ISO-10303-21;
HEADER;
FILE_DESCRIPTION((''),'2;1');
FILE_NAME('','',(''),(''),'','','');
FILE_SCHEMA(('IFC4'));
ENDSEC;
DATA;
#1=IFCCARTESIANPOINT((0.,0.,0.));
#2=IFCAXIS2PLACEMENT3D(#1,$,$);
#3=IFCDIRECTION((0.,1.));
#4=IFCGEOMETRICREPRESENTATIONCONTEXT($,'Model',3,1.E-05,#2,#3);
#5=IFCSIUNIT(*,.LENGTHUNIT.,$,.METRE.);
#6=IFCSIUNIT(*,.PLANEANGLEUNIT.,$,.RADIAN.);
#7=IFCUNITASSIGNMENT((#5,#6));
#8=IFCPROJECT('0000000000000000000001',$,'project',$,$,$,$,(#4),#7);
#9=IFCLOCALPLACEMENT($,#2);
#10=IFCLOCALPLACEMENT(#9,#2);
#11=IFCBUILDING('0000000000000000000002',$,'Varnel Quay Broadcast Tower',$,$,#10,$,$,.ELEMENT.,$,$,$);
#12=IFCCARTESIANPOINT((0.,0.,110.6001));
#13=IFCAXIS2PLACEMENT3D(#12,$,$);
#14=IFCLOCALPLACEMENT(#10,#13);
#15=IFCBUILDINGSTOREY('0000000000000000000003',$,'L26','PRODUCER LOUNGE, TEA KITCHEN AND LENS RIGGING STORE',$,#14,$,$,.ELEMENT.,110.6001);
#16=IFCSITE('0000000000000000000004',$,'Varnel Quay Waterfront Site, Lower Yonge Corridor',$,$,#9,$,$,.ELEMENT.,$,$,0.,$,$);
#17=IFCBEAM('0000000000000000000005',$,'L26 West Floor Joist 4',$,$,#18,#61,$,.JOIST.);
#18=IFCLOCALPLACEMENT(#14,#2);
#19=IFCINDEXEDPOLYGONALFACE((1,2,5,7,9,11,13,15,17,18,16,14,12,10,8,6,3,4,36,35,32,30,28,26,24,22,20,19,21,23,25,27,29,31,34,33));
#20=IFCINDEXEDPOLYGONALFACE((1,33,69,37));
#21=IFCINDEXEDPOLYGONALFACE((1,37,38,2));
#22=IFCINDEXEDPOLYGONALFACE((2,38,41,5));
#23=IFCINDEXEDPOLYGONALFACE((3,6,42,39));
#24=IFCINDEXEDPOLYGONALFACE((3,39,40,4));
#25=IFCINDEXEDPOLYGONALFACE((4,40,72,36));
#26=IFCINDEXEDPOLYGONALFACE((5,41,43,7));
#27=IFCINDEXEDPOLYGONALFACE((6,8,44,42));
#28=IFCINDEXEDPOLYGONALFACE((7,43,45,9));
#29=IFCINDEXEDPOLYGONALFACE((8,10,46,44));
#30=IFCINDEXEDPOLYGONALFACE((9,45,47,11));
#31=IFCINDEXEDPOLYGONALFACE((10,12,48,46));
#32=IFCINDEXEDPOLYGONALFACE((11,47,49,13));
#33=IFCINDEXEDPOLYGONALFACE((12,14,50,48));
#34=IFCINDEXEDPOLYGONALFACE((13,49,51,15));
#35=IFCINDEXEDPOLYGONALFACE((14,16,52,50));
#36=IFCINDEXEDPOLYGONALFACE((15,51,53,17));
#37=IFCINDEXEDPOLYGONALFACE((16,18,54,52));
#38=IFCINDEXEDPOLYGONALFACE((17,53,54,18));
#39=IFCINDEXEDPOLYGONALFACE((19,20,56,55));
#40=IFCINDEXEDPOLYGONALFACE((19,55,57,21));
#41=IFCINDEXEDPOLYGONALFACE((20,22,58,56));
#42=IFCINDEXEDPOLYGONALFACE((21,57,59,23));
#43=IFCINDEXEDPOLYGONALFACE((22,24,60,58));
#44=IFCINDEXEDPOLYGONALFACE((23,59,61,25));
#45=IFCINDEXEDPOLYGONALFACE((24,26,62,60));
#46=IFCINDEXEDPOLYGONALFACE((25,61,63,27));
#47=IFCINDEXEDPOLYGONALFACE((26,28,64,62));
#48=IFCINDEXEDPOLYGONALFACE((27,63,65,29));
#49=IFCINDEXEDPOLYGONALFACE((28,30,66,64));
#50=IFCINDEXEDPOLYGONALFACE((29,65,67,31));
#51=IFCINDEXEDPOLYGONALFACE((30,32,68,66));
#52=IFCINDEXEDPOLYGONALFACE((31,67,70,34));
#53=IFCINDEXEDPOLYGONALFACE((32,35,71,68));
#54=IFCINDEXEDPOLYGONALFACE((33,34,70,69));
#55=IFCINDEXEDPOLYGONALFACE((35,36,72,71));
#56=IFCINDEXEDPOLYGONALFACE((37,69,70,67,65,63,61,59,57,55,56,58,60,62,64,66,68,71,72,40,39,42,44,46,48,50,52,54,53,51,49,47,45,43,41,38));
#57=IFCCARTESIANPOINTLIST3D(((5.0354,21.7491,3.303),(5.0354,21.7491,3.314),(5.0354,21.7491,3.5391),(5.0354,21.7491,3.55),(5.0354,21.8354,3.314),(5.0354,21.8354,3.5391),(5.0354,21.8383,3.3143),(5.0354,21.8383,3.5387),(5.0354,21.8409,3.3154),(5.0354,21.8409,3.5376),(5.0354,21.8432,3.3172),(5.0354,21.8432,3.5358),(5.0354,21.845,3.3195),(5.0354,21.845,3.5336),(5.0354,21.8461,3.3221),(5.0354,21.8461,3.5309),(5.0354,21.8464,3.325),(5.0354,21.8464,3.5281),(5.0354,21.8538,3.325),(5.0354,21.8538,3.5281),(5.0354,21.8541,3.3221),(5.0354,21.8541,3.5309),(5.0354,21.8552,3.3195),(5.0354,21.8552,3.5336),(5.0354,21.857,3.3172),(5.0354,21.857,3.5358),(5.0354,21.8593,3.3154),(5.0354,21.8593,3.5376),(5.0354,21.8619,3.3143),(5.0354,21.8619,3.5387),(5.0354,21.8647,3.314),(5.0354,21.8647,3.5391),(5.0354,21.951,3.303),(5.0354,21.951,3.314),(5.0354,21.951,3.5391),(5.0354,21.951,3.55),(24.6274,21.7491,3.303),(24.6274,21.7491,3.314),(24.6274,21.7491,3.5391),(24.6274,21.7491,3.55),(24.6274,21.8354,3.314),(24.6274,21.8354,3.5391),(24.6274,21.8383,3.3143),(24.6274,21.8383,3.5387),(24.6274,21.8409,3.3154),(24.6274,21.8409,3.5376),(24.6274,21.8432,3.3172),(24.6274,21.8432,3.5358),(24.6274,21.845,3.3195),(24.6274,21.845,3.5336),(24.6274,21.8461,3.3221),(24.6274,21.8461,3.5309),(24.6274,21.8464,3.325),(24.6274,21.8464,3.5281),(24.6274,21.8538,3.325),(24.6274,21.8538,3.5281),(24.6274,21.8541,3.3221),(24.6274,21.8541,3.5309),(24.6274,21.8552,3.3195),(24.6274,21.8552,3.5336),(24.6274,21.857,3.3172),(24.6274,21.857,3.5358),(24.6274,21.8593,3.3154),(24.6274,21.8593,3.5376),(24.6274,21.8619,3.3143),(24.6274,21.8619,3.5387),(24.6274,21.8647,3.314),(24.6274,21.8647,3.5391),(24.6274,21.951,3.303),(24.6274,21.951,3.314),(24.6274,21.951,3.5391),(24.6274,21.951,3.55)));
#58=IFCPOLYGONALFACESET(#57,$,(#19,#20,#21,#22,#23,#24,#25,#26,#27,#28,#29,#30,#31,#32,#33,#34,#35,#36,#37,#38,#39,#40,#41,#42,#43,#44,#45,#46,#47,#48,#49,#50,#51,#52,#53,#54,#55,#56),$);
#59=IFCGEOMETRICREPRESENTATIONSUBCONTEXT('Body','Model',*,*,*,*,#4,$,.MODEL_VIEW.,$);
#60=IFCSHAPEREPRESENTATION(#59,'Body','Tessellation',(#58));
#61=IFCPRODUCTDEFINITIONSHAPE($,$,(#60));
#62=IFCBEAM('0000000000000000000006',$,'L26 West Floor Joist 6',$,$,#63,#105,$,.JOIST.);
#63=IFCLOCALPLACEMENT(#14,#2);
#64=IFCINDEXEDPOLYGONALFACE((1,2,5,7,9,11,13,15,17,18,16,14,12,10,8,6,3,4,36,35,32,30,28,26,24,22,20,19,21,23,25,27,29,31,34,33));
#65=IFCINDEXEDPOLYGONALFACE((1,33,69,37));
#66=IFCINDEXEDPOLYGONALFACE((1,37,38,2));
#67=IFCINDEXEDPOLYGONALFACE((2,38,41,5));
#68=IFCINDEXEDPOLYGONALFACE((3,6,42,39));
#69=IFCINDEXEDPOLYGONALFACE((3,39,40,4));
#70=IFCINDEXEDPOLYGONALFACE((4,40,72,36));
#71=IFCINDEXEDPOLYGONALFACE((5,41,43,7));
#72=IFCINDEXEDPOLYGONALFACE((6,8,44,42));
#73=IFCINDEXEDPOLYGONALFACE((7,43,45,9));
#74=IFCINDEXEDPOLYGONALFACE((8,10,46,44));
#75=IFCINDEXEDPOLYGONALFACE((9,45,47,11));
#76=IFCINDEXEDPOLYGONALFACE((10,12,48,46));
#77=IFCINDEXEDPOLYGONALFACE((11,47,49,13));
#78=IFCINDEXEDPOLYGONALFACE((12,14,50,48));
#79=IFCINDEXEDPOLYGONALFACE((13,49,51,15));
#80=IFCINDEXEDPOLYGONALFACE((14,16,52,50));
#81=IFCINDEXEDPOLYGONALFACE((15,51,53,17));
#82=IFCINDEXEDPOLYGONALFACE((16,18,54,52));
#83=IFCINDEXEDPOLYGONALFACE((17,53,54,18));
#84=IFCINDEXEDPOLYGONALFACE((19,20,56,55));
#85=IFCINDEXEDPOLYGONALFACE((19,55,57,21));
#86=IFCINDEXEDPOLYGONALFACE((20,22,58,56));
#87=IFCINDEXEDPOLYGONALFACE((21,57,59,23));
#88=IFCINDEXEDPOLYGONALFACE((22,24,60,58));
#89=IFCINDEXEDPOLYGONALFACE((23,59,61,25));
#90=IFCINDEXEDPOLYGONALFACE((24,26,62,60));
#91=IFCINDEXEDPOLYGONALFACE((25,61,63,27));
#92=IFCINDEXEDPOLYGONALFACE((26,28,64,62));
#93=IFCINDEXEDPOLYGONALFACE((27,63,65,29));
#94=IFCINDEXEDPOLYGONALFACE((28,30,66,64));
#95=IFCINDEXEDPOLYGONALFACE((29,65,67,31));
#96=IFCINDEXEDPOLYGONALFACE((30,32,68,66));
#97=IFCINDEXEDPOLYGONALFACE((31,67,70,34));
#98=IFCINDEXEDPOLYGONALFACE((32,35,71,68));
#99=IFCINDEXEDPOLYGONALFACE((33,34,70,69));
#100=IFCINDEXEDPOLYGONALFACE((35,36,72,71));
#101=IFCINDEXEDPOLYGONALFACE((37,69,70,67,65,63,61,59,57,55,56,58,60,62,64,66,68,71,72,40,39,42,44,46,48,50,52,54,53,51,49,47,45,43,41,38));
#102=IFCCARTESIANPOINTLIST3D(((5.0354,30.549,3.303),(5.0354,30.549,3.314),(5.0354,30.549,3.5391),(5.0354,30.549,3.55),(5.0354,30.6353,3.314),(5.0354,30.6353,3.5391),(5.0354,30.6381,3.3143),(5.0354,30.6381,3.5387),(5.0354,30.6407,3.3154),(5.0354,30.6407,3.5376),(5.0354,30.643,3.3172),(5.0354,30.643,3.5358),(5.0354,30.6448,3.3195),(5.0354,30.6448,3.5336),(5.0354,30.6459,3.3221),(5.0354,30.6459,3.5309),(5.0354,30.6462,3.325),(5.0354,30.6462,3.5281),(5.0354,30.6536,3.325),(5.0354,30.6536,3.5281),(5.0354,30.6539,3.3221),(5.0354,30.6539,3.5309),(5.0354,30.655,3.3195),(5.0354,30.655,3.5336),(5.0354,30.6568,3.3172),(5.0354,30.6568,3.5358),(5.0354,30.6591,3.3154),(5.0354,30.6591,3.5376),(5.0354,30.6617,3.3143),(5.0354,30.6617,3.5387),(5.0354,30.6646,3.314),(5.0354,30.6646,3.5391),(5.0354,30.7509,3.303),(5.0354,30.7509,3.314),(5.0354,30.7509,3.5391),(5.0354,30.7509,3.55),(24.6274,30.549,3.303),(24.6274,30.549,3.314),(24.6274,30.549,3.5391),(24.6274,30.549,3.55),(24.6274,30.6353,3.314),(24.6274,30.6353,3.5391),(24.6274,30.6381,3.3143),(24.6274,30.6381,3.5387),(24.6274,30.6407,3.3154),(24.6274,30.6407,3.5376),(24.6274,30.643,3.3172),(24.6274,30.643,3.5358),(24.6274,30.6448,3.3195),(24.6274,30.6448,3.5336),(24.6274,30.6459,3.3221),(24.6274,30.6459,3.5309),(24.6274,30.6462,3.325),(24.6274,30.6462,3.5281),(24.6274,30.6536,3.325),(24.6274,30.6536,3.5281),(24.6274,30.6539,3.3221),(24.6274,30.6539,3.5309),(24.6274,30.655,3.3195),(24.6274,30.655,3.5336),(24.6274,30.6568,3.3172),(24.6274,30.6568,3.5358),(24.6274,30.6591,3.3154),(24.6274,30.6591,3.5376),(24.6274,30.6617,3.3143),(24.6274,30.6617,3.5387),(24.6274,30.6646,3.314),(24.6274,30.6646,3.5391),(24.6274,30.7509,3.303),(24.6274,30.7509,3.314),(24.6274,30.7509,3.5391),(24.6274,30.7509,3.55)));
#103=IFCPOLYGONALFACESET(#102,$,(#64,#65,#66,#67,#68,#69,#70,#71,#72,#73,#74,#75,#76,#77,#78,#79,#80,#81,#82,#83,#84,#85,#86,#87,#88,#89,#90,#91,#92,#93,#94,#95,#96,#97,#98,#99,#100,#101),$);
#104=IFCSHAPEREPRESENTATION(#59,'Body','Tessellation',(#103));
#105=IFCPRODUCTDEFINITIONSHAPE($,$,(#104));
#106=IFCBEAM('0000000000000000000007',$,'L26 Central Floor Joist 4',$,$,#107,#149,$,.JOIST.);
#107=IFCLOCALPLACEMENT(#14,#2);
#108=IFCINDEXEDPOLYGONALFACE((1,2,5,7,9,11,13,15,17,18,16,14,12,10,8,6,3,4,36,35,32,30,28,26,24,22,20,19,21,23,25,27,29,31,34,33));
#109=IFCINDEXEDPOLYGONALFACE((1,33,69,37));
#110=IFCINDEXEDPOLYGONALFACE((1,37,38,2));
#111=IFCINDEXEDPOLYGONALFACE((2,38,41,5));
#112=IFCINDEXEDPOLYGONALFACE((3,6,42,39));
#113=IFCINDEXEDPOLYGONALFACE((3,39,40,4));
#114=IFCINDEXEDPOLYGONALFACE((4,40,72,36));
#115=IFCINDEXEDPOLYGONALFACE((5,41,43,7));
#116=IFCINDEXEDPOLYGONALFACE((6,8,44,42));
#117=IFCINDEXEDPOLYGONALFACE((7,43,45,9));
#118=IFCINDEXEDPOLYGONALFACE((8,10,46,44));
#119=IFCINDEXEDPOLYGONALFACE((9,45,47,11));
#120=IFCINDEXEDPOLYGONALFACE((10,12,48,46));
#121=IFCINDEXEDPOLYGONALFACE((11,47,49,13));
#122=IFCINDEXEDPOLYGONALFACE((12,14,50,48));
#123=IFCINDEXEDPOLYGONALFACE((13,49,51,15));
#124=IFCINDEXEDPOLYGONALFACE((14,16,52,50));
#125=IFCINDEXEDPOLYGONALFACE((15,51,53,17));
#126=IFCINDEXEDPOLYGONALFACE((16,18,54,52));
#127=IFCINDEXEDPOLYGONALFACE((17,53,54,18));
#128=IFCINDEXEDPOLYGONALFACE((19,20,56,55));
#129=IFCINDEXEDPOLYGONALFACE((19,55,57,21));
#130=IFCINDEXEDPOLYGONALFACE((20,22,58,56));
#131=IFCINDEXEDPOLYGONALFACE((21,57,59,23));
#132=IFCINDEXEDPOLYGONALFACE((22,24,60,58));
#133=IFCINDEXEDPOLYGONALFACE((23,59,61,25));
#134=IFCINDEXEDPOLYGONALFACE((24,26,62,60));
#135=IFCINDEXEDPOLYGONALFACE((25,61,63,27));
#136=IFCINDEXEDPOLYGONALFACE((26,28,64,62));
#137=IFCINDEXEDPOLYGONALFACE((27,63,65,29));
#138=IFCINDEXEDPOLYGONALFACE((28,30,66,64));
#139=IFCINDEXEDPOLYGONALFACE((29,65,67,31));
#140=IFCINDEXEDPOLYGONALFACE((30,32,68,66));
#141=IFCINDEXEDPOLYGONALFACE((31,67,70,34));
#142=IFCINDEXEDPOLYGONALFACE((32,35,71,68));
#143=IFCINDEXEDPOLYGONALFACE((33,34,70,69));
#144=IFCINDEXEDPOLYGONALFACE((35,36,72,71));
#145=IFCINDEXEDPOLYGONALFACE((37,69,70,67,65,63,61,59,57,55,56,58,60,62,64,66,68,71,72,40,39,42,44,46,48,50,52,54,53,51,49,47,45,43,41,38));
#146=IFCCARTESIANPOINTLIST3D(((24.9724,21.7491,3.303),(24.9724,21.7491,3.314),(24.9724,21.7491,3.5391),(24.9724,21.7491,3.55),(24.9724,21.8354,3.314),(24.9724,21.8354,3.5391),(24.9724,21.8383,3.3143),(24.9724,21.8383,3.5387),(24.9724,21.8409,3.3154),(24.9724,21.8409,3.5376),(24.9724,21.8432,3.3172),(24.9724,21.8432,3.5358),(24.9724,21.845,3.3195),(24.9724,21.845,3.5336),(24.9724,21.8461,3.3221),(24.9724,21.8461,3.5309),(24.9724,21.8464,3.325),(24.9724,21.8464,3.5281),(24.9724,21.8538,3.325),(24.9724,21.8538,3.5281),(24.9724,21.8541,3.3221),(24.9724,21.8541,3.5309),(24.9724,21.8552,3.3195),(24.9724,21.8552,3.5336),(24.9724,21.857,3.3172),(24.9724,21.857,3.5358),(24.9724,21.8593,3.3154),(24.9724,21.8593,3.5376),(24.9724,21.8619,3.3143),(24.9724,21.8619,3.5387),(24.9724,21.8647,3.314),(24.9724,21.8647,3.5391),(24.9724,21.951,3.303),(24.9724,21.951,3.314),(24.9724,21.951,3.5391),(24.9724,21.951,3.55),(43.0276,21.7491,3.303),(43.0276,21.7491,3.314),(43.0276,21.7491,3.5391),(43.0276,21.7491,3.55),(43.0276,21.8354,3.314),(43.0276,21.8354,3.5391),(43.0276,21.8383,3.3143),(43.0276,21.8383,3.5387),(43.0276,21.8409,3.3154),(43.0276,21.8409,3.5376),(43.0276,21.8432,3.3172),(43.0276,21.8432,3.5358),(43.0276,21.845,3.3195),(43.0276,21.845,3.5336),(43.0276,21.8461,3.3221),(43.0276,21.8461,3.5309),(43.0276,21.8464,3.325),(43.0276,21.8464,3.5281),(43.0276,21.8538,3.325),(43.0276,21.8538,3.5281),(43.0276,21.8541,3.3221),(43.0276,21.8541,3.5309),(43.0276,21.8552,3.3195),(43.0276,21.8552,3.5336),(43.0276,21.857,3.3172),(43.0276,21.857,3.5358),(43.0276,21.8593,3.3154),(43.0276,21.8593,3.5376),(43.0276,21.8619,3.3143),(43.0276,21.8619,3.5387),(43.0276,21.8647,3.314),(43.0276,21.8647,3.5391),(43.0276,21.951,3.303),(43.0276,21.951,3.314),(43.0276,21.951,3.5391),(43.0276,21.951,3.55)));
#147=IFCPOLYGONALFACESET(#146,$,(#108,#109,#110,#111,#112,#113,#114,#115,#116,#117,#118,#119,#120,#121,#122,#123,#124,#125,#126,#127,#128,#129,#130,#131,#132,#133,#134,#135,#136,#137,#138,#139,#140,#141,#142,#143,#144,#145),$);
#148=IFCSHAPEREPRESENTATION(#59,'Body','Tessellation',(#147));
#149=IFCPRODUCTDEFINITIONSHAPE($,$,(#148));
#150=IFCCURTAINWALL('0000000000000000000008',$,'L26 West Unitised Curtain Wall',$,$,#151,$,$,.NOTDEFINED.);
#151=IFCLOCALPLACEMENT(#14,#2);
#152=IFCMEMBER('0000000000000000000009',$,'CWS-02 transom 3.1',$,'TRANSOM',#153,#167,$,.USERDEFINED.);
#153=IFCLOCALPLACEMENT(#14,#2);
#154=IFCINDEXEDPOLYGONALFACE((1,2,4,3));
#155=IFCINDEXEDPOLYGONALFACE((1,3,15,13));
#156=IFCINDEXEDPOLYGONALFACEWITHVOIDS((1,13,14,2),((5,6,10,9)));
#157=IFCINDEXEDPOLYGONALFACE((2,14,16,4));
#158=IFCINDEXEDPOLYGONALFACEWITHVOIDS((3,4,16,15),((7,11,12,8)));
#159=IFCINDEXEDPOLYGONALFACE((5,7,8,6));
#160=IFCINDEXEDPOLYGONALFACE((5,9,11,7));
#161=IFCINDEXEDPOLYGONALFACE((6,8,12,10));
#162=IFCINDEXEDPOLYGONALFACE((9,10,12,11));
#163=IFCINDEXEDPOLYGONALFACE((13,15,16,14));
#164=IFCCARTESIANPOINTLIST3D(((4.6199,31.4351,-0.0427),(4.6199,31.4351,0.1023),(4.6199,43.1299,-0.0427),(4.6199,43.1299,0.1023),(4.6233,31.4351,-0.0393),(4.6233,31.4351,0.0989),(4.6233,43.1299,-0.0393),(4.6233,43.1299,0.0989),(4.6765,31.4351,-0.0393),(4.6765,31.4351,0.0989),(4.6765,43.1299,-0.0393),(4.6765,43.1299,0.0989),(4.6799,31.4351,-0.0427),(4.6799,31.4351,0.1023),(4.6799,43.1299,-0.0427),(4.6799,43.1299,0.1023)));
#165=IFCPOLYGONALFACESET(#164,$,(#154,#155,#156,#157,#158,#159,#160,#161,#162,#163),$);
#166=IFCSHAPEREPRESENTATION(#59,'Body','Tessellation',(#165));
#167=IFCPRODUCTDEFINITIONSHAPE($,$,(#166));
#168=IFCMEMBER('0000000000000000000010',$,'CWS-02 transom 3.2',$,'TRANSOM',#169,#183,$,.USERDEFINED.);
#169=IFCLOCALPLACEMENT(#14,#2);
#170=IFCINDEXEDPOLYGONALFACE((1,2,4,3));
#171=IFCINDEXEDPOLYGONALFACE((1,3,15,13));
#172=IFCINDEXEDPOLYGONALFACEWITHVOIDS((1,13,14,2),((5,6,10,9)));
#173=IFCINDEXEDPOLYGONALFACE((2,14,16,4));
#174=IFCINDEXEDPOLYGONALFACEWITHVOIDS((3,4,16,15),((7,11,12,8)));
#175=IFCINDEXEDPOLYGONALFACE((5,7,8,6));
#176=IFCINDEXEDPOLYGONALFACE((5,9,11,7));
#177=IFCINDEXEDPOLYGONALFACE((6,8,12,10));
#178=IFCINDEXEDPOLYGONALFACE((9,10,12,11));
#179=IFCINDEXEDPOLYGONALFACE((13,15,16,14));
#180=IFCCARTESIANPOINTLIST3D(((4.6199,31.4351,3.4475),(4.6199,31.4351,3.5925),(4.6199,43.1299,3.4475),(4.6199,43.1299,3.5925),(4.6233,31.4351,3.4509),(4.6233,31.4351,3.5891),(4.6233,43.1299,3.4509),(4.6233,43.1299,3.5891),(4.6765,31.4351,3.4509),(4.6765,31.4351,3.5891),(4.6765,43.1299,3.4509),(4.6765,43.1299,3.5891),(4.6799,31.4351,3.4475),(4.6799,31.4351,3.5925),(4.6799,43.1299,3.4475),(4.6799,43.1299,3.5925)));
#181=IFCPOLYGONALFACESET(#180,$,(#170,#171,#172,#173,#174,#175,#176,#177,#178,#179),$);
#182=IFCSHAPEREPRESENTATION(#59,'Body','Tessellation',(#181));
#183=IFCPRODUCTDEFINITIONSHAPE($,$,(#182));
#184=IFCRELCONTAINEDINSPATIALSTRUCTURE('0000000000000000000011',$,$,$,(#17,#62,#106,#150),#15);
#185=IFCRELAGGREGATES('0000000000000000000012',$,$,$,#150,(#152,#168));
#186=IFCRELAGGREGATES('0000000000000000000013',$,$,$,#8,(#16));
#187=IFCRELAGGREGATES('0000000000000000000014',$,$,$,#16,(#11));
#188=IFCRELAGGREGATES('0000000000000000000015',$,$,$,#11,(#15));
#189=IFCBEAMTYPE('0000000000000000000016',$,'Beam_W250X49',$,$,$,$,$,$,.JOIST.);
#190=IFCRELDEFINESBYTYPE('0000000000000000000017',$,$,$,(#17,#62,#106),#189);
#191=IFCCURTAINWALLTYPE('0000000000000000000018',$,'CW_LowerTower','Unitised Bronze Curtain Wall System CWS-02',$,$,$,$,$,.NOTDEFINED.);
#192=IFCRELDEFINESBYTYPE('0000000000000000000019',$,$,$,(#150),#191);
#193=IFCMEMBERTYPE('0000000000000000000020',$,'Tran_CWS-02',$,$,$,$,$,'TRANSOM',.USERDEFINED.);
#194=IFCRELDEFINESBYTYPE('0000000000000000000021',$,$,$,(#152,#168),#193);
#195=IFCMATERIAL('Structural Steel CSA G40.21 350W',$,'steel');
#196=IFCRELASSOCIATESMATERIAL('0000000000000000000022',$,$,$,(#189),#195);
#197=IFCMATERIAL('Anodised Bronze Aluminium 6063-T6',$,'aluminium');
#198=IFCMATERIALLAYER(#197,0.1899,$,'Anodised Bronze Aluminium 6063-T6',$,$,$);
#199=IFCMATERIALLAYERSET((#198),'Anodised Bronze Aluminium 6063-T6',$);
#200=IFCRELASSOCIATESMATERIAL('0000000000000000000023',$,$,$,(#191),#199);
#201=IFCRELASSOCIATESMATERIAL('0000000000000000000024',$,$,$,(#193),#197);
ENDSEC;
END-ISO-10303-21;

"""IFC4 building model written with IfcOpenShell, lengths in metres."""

from ifc_helpers import new_model, si_unit, direction, frame, origin, origin_2d, place, context, subcontext, project, spatial, hollow_rectangle, i_section, extrude, source, transform, mapped, material, layer, layer_set, material_profile, profile_set, type_object, type_shapes, element, aggregate, save


model = new_model("IFC4")

# Units and contexts
model_context = context("Model", 3, precision=1e-05, world=origin(), true_north=direction((0.0, 1.0)))
body_context = subcontext(model_context, "Body", "Model", "MODEL_VIEW")
ifc_project = project(units=[si_unit("LENGTHUNIT", "METRE"), si_unit("PLANEANGLEUNIT", "RADIAN")], contexts=[model_context])

# Site, building, storey
site_placement = place(None, origin())
site = spatial("IfcSite", under=ifc_project, at=site_placement, Name="Varnel Quay Waterfront Site, Lower Yonge Corridor", CompositionType="ELEMENT", RefElevation=0.0)
building_placement = place(site_placement, origin())
building = spatial("IfcBuilding", under=site, at=building_placement, Name="Varnel Quay Broadcast Tower", CompositionType="ELEMENT")
storey_placement = place(building_placement, frame((0.0, 0.0, 110.6001)))
storey = spatial("IfcBuildingStorey", under=building, at=storey_placement, Name="L26", Description="PRODUCER LOUNGE, TEA KITCHEN AND LENS RIGGING STORE", CompositionType="ELEMENT", Elevation=110.6001)

# Shared definitions
ifc_material_1 = material(Name="Structural Steel CSA G40.21 350W", Category="steel")

# Beams
ifc_material_profile_1 = material_profile(ifc_material_1, i_section(OverallWidth=0.2019, OverallDepth=0.2471, WebThickness=0.0073, FlangeThickness=0.011, FilletRadius=0.011, at=origin_2d()), Name="W250X49")
ifc_profile_set_1 = profile_set([ifc_material_profile_1], Name="Structural Steel CSA G40.21 350W")
beam_type_1 = type_object("IfcBeamType", Name="Beam_W250X49", PredefinedType="JOIST", material=ifc_profile_set_1)
shared_shape_1 = source(origin(), body_context, "Body", "SweptSolid", [
    extrude(i_section(OverallWidth=0.2019, OverallDepth=0.2471, WebThickness=0.0073, FlangeThickness=0.011, FilletRadius=0.011, at=origin_2d()), origin(), (0.0, 0.0, 1.0), 19.592),
])
for number, where, z_axis, x_axis, name in (
    (1, (5.0354, 21.8501, 3.4265), (1.0, 0.0, 0.0), (0.0, 1.0, 0.0), "L26 West Floor Joist 4"),
    (2, (5.0354, 30.6499, 3.4265), (1.0, 0.0, 0.0), (0.0, 1.0, 0.0), "L26 West Floor Joist 6"),
):
    element("IfcBeam", number, at=place(storey_placement, frame(where, z_axis=z_axis, x_axis=x_axis)), inside=storey, type_object=beam_type_1, Name=name, PredefinedType="JOIST", context=body_context, shape_type="MappedRepresentation", body=[
        mapped(shared_shape_1, transform((0.0, 0.0, 0.0), x_axis=(1.0, 0.0, 0.0), y_axis=(0.0, 1.0, 0.0), z_axis=(0.0, 0.0, 1.0), scale=1.0)),
    ])
shared_shape_2 = source(origin(), body_context, "Body", "SweptSolid", [
    extrude(i_section(OverallWidth=0.2019, OverallDepth=0.2471, WebThickness=0.0073, FlangeThickness=0.011, FilletRadius=0.011, at=origin_2d()), origin(), (0.0, 0.0, 1.0), 18.0552),
])
type_shapes(beam_type_1, [shared_shape_1, shared_shape_2])
beam_1_placement = place(storey_placement, frame((24.9724, 21.8501, 3.4265), z_axis=(1.0, 0.0, 0.0), x_axis=(0.0, 1.0, 0.0)))
element("IfcBeam", 3, at=beam_1_placement, inside=storey, type_object=beam_type_1, Name="L26 Central Floor Joist 4", PredefinedType="JOIST", context=body_context, shape_type="MappedRepresentation", body=[
    mapped(shared_shape_2, transform((0.0, 0.0, 0.0), x_axis=(1.0, 0.0, 0.0), y_axis=(0.0, 1.0, 0.0), z_axis=(0.0, 0.0, 1.0), scale=1.0)),
])

# Curtain wall, members
ifc_material_2 = material(Name="Anodised Bronze Aluminium 6063-T6", Category="aluminium")
ifc_layer_1 = layer(ifc_material_2, 0.1899, Name="Anodised Bronze Aluminium 6063-T6")
ifc_layer_set_1 = layer_set([ifc_layer_1], Name="Anodised Bronze Aluminium 6063-T6")
curtain_wall_type = type_object("IfcCurtainWallType", Name="CW_LowerTower", Description="Unitised Bronze Curtain Wall System CWS-02", PredefinedType="NOTDEFINED", material=ifc_layer_set_1)
curtain_wall_placement = place(storey_placement, origin())
curtain_wall = element("IfcCurtainWall", 4, at=curtain_wall_placement, inside=storey, type_object=curtain_wall_type, Name="L26 West Unitised Curtain Wall", PredefinedType="NOTDEFINED")
ifc_material_profile_2 = material_profile(ifc_material_2, hollow_rectangle(XDim=0.0601, YDim=0.145, WallThickness=0.0034, at=origin_2d()), Name="ALU60X145X3.5")
ifc_profile_set_2 = profile_set([ifc_material_profile_2], Name="Anodised Bronze Aluminium 6063-T6")
member_type_1 = type_object("IfcMemberType", Name="Tran_CWS-02", ElementType="TRANSOM", PredefinedType="USERDEFINED", material=ifc_profile_set_2)
shared_shape_3 = source(origin(), body_context, "Body", "SweptSolid", [
    extrude(hollow_rectangle(XDim=0.0601, YDim=0.145, WallThickness=0.0034, at=origin_2d()), origin(), (0.0, 0.0, 1.0), 11.6948),
])
member_1_placement = place(storey_placement, frame((4.6499, 31.4351, 0.0298), z_axis=(0.0, 1.0, 0.0), x_axis=(-1.0, 0.0, 0.0)))
member_1 = element("IfcMember", 5, at=member_1_placement, type_object=member_type_1, Name="CWS-02 transom 3.1", ObjectType="TRANSOM", PredefinedType="USERDEFINED", context=body_context, shape_type="MappedRepresentation", body=[
    mapped(shared_shape_3, transform((0.0, 0.0, 0.0), x_axis=(1.0, 0.0, 0.0), y_axis=(0.0, 1.0, 0.0), z_axis=(0.0, 0.0, 1.0), scale=1.0)),
])
member_2_placement = place(storey_placement, frame((4.6499, 31.4351, 3.52), z_axis=(0.0, 1.0, 0.0), x_axis=(-1.0, 0.0, 0.0)))
member_2 = element("IfcMember", 6, at=member_2_placement, type_object=member_type_1, Name="CWS-02 transom 3.2", ObjectType="TRANSOM", PredefinedType="USERDEFINED", context=body_context, shape_type="MappedRepresentation", body=[
    mapped(shared_shape_3, transform((0.0, 0.0, 0.0), x_axis=(1.0, 0.0, 0.0), y_axis=(0.0, 1.0, 0.0), z_axis=(0.0, 0.0, 1.0), scale=1.0)),
])

aggregate(curtain_wall, [member_1, member_2])

save(model, "model.ifc")
